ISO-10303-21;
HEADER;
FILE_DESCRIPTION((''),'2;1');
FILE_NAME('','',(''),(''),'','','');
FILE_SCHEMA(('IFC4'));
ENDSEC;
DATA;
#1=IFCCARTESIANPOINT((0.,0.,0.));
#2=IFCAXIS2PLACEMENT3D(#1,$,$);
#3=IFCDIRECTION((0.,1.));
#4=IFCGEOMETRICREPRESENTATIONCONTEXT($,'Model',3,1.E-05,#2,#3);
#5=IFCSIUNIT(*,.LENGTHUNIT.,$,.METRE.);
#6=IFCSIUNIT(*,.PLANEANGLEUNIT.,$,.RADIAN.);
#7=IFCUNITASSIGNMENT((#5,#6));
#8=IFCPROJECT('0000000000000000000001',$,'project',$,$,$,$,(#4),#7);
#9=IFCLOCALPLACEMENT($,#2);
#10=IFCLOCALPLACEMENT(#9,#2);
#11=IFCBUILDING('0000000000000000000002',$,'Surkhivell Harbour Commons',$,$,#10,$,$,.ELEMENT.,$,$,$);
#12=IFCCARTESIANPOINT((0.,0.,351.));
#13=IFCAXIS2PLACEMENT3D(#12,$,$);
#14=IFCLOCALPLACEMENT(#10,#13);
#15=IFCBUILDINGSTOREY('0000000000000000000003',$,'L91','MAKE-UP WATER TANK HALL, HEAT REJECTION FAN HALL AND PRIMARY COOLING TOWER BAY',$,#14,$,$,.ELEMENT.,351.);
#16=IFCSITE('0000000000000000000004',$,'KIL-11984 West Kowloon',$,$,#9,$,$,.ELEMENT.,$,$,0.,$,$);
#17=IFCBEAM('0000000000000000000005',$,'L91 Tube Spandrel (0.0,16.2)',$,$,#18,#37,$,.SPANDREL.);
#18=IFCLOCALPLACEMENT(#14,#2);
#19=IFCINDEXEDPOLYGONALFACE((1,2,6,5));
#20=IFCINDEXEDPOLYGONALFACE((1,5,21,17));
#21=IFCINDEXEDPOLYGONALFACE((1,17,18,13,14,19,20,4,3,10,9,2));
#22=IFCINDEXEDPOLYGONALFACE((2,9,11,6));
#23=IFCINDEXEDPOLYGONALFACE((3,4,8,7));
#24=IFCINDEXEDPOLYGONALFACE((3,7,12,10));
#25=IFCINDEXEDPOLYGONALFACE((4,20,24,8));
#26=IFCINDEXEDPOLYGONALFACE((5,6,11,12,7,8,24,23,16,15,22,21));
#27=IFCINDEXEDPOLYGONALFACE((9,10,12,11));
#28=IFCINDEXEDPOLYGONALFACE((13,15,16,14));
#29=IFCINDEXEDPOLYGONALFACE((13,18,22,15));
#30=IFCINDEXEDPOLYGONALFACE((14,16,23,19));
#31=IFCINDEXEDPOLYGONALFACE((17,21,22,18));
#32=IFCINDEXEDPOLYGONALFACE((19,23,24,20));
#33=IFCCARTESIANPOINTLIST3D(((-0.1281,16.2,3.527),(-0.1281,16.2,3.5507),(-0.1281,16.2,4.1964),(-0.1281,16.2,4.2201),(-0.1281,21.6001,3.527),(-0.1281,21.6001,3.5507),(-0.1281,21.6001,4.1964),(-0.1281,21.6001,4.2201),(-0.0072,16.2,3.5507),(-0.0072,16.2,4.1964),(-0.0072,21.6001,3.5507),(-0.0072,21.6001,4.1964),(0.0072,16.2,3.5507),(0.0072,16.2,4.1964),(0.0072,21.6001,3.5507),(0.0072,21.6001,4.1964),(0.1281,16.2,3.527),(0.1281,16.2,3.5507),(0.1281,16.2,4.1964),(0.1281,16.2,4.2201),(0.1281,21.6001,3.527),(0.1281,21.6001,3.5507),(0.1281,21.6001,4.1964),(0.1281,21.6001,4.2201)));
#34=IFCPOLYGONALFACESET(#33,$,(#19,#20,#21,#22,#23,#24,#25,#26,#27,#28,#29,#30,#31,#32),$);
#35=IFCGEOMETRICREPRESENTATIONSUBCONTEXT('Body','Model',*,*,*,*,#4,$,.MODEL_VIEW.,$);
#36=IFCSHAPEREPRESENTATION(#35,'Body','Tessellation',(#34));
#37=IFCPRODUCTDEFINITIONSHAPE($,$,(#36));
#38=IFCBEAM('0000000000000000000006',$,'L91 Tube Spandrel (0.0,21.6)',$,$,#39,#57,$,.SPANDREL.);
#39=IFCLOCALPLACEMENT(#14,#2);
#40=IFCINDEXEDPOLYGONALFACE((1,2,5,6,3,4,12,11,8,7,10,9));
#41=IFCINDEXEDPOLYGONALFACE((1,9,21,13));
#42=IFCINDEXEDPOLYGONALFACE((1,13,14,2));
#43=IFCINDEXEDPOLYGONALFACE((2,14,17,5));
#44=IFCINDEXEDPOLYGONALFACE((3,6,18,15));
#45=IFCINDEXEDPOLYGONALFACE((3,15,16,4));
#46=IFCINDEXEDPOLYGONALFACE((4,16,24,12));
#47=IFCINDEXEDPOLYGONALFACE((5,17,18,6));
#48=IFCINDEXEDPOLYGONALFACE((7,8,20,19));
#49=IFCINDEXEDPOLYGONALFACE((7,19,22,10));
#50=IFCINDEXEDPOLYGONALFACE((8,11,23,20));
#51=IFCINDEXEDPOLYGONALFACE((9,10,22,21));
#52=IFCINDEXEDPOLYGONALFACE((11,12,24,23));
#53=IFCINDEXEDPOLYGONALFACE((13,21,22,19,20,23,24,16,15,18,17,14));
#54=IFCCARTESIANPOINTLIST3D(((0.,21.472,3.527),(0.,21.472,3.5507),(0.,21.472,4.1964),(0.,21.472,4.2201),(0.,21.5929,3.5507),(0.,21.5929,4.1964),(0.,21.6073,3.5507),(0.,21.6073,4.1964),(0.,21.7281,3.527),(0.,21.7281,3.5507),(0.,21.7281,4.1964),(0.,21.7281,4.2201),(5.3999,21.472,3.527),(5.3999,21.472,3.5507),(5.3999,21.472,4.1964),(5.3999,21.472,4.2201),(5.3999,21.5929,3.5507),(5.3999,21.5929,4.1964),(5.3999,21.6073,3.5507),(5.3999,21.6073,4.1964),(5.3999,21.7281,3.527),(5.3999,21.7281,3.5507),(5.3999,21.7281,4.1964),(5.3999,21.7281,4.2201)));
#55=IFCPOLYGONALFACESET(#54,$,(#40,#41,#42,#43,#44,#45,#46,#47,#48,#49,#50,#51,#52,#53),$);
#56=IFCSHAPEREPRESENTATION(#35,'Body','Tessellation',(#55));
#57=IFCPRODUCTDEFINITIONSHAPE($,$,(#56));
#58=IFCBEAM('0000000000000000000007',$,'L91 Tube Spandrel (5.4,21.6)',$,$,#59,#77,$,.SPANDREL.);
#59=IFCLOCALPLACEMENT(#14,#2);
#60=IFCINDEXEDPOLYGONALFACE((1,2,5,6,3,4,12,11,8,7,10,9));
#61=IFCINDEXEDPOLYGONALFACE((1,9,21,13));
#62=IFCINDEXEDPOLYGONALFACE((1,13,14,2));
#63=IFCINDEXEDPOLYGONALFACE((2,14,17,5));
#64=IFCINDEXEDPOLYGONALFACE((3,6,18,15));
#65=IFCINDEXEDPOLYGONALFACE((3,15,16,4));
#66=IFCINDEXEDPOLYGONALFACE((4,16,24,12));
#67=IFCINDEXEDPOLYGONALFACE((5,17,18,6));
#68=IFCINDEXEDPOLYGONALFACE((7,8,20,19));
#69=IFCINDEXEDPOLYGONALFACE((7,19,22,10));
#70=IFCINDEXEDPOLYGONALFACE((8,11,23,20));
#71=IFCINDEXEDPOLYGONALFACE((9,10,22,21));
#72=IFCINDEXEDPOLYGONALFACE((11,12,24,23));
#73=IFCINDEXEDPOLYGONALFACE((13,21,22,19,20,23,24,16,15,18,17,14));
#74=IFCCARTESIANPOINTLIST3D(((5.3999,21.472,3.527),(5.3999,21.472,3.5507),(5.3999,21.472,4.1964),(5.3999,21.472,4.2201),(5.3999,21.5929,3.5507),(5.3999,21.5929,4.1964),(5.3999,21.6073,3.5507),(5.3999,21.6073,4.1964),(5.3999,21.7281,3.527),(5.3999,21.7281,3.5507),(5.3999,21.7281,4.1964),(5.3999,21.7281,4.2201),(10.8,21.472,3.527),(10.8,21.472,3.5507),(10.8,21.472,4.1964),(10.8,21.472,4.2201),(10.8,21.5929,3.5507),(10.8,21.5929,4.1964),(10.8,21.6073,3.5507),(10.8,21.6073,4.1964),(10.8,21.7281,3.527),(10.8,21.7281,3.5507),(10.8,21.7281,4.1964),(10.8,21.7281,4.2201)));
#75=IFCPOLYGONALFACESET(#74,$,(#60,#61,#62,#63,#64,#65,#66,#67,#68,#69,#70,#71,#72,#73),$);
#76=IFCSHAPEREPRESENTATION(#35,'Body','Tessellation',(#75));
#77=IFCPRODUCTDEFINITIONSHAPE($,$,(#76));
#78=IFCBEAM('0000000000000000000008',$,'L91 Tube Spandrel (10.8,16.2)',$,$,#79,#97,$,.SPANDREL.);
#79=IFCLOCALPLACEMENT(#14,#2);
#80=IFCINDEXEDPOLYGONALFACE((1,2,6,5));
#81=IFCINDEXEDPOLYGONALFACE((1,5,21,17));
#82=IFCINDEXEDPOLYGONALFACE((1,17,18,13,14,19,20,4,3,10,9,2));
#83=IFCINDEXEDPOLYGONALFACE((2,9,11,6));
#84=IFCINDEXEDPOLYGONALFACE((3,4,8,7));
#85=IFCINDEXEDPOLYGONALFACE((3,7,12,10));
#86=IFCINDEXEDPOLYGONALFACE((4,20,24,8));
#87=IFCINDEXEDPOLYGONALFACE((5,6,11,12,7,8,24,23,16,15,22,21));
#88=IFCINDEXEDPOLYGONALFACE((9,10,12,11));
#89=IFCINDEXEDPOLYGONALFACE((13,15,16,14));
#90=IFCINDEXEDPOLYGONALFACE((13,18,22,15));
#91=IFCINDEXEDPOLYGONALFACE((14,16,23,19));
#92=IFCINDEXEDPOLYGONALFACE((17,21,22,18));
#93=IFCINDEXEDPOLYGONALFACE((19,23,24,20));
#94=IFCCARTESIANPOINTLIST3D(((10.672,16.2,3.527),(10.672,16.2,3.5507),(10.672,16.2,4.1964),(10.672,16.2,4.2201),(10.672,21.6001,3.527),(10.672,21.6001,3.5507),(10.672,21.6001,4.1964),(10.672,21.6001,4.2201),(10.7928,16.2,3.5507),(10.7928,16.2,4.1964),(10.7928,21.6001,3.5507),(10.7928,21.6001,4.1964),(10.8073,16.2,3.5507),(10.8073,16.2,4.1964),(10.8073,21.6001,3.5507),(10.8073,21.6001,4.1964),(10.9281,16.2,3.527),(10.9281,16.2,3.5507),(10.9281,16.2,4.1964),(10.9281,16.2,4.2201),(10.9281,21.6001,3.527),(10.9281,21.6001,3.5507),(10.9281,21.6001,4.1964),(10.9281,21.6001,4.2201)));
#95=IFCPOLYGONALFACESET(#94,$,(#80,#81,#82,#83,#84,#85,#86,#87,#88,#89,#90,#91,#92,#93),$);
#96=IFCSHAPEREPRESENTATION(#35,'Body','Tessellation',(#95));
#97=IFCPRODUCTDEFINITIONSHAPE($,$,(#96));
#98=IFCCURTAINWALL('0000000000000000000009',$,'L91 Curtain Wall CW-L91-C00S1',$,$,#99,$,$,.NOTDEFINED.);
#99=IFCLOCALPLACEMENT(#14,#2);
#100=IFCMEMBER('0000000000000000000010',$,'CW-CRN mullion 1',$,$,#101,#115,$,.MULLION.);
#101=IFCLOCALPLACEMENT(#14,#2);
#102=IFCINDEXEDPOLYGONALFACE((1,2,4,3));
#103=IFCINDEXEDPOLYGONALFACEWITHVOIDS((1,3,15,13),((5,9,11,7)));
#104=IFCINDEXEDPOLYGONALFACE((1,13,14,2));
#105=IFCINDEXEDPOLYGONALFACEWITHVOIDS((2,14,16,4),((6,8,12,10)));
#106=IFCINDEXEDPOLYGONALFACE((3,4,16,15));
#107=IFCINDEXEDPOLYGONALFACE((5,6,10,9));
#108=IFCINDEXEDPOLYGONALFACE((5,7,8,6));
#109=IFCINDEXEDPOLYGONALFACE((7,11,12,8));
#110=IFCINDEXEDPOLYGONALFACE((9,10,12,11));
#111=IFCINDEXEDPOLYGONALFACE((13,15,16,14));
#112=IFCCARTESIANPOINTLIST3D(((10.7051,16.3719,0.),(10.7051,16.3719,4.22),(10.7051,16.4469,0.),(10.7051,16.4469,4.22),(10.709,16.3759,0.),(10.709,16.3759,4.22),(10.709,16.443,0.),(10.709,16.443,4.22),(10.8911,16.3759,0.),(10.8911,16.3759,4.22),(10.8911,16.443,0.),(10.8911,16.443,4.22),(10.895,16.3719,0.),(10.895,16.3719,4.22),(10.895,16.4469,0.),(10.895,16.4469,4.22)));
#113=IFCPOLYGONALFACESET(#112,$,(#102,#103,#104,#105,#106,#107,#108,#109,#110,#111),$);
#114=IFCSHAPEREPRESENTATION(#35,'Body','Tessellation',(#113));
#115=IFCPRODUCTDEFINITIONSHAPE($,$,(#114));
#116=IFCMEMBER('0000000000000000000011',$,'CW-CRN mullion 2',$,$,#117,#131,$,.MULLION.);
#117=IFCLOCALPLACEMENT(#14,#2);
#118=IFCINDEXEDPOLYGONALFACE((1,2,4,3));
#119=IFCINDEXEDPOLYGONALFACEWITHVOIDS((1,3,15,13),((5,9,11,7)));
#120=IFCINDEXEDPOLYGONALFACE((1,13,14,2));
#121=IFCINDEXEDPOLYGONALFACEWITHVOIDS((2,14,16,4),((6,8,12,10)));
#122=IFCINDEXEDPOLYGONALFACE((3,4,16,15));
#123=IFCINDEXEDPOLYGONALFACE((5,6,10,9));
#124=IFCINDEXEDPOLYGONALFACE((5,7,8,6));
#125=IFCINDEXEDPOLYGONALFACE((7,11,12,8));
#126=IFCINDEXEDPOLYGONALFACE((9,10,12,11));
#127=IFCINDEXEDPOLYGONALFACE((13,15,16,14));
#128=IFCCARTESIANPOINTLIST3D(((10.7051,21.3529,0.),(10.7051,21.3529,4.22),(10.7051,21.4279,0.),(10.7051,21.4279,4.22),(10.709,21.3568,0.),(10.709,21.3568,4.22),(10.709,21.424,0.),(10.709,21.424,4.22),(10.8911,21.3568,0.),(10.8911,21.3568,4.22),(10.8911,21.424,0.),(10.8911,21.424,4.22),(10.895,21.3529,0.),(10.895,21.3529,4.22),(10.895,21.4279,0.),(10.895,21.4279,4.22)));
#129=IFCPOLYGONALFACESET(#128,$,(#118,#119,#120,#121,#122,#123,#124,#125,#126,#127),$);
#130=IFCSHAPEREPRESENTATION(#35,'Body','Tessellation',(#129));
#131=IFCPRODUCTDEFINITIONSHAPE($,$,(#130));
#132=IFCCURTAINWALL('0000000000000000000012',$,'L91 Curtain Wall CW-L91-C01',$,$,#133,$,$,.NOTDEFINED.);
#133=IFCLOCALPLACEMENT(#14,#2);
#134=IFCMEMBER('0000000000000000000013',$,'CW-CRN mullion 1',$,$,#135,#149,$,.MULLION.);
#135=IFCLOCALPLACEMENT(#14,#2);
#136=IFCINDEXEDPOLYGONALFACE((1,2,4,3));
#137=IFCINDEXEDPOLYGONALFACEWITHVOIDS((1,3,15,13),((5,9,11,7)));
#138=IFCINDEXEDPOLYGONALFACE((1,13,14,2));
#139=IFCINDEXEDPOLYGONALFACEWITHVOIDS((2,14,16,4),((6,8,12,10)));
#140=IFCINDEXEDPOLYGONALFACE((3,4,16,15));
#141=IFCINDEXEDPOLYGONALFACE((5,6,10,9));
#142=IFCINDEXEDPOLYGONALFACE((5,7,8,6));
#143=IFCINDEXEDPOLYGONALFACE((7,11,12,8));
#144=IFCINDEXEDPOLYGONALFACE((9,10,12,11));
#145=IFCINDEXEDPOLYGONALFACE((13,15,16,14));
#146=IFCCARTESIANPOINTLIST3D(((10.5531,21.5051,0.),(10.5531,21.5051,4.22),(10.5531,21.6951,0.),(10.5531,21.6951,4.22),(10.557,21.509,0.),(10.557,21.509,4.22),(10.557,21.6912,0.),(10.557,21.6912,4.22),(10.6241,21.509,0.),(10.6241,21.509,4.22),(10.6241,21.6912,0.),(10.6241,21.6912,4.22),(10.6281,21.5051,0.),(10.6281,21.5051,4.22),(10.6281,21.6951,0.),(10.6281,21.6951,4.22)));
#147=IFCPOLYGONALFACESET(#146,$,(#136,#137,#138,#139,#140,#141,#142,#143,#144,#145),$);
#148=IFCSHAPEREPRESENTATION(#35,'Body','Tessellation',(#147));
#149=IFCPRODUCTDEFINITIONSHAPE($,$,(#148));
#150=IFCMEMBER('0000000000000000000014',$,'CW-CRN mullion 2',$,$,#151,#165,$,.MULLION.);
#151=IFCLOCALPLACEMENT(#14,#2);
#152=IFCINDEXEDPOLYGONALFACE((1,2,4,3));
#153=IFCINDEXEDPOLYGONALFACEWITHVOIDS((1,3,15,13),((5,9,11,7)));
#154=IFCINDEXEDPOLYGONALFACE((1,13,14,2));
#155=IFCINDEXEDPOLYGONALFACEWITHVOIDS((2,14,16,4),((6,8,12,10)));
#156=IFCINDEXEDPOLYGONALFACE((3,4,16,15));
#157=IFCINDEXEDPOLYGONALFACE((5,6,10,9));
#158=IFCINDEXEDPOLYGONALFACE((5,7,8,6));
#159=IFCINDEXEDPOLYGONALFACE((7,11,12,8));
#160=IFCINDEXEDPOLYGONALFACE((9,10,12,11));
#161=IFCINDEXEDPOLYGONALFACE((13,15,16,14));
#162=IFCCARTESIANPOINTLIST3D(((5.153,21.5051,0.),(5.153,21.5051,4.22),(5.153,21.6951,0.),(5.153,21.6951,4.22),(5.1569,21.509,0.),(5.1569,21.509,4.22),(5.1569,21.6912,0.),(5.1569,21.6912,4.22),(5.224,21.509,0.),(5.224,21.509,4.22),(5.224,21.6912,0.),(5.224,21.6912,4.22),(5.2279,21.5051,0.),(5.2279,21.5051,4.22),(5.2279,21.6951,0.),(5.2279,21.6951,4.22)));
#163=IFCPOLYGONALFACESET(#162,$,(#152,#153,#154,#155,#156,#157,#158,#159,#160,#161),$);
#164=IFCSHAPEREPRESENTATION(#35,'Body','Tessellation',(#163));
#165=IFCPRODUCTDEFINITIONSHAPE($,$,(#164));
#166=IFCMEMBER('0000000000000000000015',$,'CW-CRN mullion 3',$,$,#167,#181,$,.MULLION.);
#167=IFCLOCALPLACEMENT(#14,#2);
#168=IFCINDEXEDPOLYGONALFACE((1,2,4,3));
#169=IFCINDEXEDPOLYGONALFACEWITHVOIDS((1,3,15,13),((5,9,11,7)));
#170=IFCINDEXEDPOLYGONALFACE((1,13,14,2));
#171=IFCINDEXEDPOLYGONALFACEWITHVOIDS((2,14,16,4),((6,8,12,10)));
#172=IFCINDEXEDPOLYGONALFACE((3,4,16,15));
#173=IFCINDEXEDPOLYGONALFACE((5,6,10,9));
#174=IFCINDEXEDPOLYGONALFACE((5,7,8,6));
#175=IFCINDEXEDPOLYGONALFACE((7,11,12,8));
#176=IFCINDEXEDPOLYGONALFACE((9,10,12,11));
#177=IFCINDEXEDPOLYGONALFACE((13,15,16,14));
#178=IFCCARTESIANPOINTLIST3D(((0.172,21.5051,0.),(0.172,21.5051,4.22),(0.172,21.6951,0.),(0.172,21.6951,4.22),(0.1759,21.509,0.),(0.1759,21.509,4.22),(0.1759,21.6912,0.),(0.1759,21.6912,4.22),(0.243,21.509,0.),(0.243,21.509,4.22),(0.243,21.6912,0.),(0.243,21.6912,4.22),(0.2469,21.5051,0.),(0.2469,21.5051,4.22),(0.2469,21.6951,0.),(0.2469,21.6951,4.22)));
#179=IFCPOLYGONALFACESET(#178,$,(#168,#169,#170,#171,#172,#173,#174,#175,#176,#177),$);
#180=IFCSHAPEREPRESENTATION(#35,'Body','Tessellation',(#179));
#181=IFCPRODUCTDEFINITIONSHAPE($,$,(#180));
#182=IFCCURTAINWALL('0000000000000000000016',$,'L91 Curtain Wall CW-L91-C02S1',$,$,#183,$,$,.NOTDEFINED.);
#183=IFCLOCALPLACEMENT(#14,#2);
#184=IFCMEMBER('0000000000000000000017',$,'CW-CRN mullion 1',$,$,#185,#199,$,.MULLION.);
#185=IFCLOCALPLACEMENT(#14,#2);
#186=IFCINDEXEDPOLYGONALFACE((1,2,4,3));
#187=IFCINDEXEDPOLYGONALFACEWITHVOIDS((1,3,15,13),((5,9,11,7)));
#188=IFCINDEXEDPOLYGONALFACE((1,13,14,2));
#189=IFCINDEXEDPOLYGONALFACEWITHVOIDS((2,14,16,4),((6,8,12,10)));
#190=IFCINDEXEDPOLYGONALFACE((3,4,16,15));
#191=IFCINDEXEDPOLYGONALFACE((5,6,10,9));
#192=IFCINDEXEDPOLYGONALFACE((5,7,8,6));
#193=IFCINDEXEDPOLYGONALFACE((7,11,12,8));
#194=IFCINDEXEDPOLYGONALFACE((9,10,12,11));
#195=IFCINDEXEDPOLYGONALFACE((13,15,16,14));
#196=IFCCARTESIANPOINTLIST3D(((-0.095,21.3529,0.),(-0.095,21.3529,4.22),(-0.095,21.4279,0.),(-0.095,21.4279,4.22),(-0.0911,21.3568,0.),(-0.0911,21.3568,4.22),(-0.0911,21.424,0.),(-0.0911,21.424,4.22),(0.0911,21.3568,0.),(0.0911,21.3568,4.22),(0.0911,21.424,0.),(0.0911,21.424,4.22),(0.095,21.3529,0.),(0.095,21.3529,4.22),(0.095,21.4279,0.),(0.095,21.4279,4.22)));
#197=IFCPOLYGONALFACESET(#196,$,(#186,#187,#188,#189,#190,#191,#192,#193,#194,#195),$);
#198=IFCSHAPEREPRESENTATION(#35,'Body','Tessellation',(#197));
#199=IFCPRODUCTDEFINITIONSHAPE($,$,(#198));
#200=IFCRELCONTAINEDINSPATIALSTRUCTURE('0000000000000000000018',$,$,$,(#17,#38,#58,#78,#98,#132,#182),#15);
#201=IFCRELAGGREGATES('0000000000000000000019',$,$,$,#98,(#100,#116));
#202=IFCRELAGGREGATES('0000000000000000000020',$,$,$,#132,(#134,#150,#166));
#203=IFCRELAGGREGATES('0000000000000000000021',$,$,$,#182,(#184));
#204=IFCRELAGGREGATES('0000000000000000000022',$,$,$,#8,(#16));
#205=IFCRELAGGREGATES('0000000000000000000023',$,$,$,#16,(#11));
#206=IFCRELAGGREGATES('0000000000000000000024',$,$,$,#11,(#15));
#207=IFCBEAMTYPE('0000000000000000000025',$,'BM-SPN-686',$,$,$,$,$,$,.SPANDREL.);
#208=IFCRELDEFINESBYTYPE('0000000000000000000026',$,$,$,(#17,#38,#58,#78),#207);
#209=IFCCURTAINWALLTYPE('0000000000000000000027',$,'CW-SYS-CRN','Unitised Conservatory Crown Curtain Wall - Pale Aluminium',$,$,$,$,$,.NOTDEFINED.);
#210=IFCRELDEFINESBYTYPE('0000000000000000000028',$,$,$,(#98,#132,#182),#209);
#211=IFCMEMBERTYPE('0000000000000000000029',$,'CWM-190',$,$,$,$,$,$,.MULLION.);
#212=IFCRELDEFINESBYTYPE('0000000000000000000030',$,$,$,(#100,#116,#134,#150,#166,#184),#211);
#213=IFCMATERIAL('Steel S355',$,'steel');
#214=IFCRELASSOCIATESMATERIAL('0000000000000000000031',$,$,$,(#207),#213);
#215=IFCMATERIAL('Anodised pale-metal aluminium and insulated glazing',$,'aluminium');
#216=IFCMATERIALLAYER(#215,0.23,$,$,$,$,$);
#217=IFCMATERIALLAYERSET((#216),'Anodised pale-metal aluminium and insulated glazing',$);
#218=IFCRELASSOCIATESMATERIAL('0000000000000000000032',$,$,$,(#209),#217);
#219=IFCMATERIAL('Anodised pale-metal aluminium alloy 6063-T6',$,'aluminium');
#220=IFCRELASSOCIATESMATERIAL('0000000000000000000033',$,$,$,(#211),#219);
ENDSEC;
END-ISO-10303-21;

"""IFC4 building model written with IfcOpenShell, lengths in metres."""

from ifc_helpers import new_model, si_unit, direction, frame, origin, origin_2d, place, context, subcontext, project, spatial, hollow_rectangle, i_section, extrude, material, layer, layer_set, material_profile, profile_set, type_object, element, aggregate, save


model = new_model("IFC4")

# Units and contexts
model_context = context("Model", 3, precision=1e-05, world=origin(), true_north=direction((0.0, 1.0)))
body_context = subcontext(model_context, "Body", "Model", "MODEL_VIEW")
ifc_project = project(units=[si_unit("LENGTHUNIT", "METRE"), si_unit("PLANEANGLEUNIT", "RADIAN")], contexts=[model_context])

# Site, building, storey
site_placement = place(None, origin())
site = spatial("IfcSite", under=ifc_project, at=site_placement, Name="KIL-11984 West Kowloon", CompositionType="ELEMENT", RefElevation=0.0)
building_placement = place(site_placement, origin())
building = spatial("IfcBuilding", under=site, at=building_placement, Name="Surkhivell Harbour Commons", CompositionType="ELEMENT")
storey_placement = place(building_placement, frame((0.0, 0.0, 351.0)))
storey = spatial("IfcBuildingStorey", under=building, at=storey_placement, Name="L91", Description="MAKE-UP WATER TANK HALL, HEAT REJECTION FAN HALL AND PRIMARY COOLING TOWER BAY", CompositionType="ELEMENT", Elevation=351.0)

# Shared definitions
ifc_material_1 = material(Name="Steel S355", Category="steel")

# Beams
ifc_material_profile_1 = material_profile(ifc_material_1, i_section(OverallWidth=0.2561, OverallDepth=0.6931, WebThickness=0.0144, FlangeThickness=0.0237, at=origin_2d()), Name="UB686x254x170")
ifc_profile_set_1 = profile_set([ifc_material_profile_1], Name="Steel S355")
beam_type_1 = type_object("IfcBeamType", Name="BM-SPN-686", PredefinedType="SPANDREL", material=ifc_profile_set_1)
beam_1_placement = place(storey_placement, frame((0.0, 16.2, 3.8735), z_axis=(0.0, 1.0, 0.0), x_axis=(-1.0, 0.0, 0.0)))
element("IfcBeam", 1, at=beam_1_placement, inside=storey, type_object=beam_type_1, Name="L91 Tube Spandrel (0.0,16.2)", PredefinedType="SPANDREL", context=body_context, shape_type="SweptSolid", body=[
    extrude(i_section(OverallWidth=0.2561, OverallDepth=0.6931, WebThickness=0.0144, FlangeThickness=0.0237, at=origin_2d()), origin(), (0.0, 0.0, 1.0), 5.4001),
])
beam_2_placement = place(storey_placement, frame((0.0, 21.6001, 3.8735), z_axis=(1.0, 0.0, 0.0), x_axis=(0.0, 1.0, 0.0)))
element("IfcBeam", 2, at=beam_2_placement, inside=storey, type_object=beam_type_1, Name="L91 Tube Spandrel (0.0,21.6)", PredefinedType="SPANDREL", context=body_context, shape_type="SweptSolid", body=[
    extrude(i_section(OverallWidth=0.2561, OverallDepth=0.6931, WebThickness=0.0144, FlangeThickness=0.0237, at=origin_2d()), origin(), (0.0, 0.0, 1.0), 5.3999),
])
for number, where, z_axis, x_axis, name in (
    (3, (5.3999, 21.6001, 3.8735), (1.0, 0.0, 0.0), (0.0, 1.0, 0.0), "L91 Tube Spandrel (5.4,21.6)"),
    (4, (10.8, 16.2, 3.8735), (0.0, 1.0, 0.0), (-1.0, 0.0, 0.0), "L91 Tube Spandrel (10.8,16.2)"),
):
    element("IfcBeam", number, at=place(storey_placement, frame(where, z_axis=z_axis, x_axis=x_axis)), inside=storey, type_object=beam_type_1, Name=name, PredefinedType="SPANDREL", context=body_context, shape_type="SweptSolid", body=[
        extrude(i_section(OverallWidth=0.2561, OverallDepth=0.6931, WebThickness=0.0144, FlangeThickness=0.0237, at=origin_2d()), origin(), (0.0, 0.0, 1.0), 5.4001),
    ])

# Curtain walls, members
ifc_material_2 = material(Name="Anodised pale-metal aluminium and insulated glazing", Category="aluminium")
ifc_layer_1 = layer(ifc_material_2, 0.23)
ifc_layer_set_1 = layer_set([ifc_layer_1], Name="Anodised pale-metal aluminium and insulated glazing")
curtain_wall_type = type_object("IfcCurtainWallType", Name="CW-SYS-CRN", Description="Unitised Conservatory Crown Curtain Wall - Pale Aluminium", PredefinedType="NOTDEFINED", material=ifc_layer_set_1)
curtain_wall_1_placement = place(storey_placement, origin())
curtain_wall_1 = element("IfcCurtainWall", 5, at=curtain_wall_1_placement, inside=storey, type_object=curtain_wall_type, Name="L91 Curtain Wall CW-L91-C00S1", PredefinedType="NOTDEFINED")
ifc_material_3 = material(Name="Anodised pale-metal aluminium alloy 6063-T6", Category="aluminium")
ifc_material_profile_2 = material_profile(ifc_material_3, hollow_rectangle(XDim=0.075, YDim=0.1899, WallThickness=0.0039, at=origin_2d()), Name="ALU-MULL-75x190")
ifc_profile_set_2 = profile_set([ifc_material_profile_2], Name="Anodised pale-metal aluminium alloy 6063-T6")
member_type_1 = type_object("IfcMemberType", Name="CWM-190", PredefinedType="MULLION", material=ifc_profile_set_2)
member_1_placement = place(storey_placement, frame((10.8, 16.4094, 0.0), z_axis=(0.0, 0.0, 1.0), x_axis=(0.0, 1.0, 0.0)))
member_1 = element("IfcMember", 6, at=member_1_placement, type_object=member_type_1, Name="CW-CRN mullion 1", PredefinedType="MULLION", context=body_context, shape_type="SweptSolid", body=[
    extrude(hollow_rectangle(XDim=0.075, YDim=0.1899, WallThickness=0.0039, at=origin_2d()), origin(), (0.0, 0.0, 1.0), 4.22),
])
member_2_placement = place(storey_placement, frame((10.8, 21.3904, 0.0), z_axis=(0.0, 0.0, 1.0), x_axis=(0.0, 1.0, 0.0)))
member_2 = element("IfcMember", 7, at=member_2_placement, type_object=member_type_1, Name="CW-CRN mullion 2", PredefinedType="MULLION", context=body_context, shape_type="SweptSolid", body=[
    extrude(hollow_rectangle(XDim=0.075, YDim=0.1899, WallThickness=0.0039, at=origin_2d()), origin(), (0.0, 0.0, 1.0), 4.22),
])
curtain_wall_2_placement = place(storey_placement, origin())
curtain_wall_2 = element("IfcCurtainWall", 8, at=curtain_wall_2_placement, inside=storey, type_object=curtain_wall_type, Name="L91 Curtain Wall CW-L91-C01", PredefinedType="NOTDEFINED")
member_3_placement = place(storey_placement, frame((10.5906, 21.6001, 0.0), z_axis=(0.0, 0.0, 1.0), x_axis=(-1.0, 0.0, 0.0)))
member_3 = element("IfcMember", 9, at=member_3_placement, type_object=member_type_1, Name="CW-CRN mullion 1", PredefinedType="MULLION", context=body_context, shape_type="SweptSolid", body=[
    extrude(hollow_rectangle(XDim=0.075, YDim=0.1899, WallThickness=0.0039, at=origin_2d()), origin(), (0.0, 0.0, 1.0), 4.22),
])
member_4_placement = place(storey_placement, frame((5.1904, 21.6001, 0.0), z_axis=(0.0, 0.0, 1.0), x_axis=(-1.0, 0.0, 0.0)))
member_4 = element("IfcMember", 10, at=member_4_placement, type_object=member_type_1, Name="CW-CRN mullion 2", PredefinedType="MULLION", context=body_context, shape_type="SweptSolid", body=[
    extrude(hollow_rectangle(XDim=0.075, YDim=0.1899, WallThickness=0.0039, at=origin_2d()), origin(), (0.0, 0.0, 1.0), 4.22),
])
member_5_placement = place(storey_placement, frame((0.2095, 21.6001, 0.0), z_axis=(0.0, 0.0, 1.0), x_axis=(-1.0, 0.0, 0.0)))
member_5 = element("IfcMember", 11, at=member_5_placement, type_object=member_type_1, Name="CW-CRN mullion 3", PredefinedType="MULLION", context=body_context, shape_type="SweptSolid", body=[
    extrude(hollow_rectangle(XDim=0.075, YDim=0.1899, WallThickness=0.0039, at=origin_2d()), origin(), (0.0, 0.0, 1.0), 4.22),
])
curtain_wall_3_placement = place(storey_placement, origin())
curtain_wall_3 = element("IfcCurtainWall", 12, at=curtain_wall_3_placement, inside=storey, type_object=curtain_wall_type, Name="L91 Curtain Wall CW-L91-C02S1", PredefinedType="NOTDEFINED")
member_6_placement = place(storey_placement, frame((0.0, 21.3904, 0.0), z_axis=(0.0, 0.0, 1.0), x_axis=(0.0, -1.0, 0.0)))
member_6 = element("IfcMember", 13, at=member_6_placement, type_object=member_type_1, Name="CW-CRN mullion 1", PredefinedType="MULLION", context=body_context, shape_type="SweptSolid", body=[
    extrude(hollow_rectangle(XDim=0.075, YDim=0.1899, WallThickness=0.0039, at=origin_2d()), origin(), (0.0, 0.0, 1.0), 4.22),
])

aggregate(curtain_wall_1, [member_1, member_2])
aggregate(curtain_wall_2, [member_3, member_4, member_5])
aggregate(curtain_wall_3, [member_6])

save(model, "model.ifc")
